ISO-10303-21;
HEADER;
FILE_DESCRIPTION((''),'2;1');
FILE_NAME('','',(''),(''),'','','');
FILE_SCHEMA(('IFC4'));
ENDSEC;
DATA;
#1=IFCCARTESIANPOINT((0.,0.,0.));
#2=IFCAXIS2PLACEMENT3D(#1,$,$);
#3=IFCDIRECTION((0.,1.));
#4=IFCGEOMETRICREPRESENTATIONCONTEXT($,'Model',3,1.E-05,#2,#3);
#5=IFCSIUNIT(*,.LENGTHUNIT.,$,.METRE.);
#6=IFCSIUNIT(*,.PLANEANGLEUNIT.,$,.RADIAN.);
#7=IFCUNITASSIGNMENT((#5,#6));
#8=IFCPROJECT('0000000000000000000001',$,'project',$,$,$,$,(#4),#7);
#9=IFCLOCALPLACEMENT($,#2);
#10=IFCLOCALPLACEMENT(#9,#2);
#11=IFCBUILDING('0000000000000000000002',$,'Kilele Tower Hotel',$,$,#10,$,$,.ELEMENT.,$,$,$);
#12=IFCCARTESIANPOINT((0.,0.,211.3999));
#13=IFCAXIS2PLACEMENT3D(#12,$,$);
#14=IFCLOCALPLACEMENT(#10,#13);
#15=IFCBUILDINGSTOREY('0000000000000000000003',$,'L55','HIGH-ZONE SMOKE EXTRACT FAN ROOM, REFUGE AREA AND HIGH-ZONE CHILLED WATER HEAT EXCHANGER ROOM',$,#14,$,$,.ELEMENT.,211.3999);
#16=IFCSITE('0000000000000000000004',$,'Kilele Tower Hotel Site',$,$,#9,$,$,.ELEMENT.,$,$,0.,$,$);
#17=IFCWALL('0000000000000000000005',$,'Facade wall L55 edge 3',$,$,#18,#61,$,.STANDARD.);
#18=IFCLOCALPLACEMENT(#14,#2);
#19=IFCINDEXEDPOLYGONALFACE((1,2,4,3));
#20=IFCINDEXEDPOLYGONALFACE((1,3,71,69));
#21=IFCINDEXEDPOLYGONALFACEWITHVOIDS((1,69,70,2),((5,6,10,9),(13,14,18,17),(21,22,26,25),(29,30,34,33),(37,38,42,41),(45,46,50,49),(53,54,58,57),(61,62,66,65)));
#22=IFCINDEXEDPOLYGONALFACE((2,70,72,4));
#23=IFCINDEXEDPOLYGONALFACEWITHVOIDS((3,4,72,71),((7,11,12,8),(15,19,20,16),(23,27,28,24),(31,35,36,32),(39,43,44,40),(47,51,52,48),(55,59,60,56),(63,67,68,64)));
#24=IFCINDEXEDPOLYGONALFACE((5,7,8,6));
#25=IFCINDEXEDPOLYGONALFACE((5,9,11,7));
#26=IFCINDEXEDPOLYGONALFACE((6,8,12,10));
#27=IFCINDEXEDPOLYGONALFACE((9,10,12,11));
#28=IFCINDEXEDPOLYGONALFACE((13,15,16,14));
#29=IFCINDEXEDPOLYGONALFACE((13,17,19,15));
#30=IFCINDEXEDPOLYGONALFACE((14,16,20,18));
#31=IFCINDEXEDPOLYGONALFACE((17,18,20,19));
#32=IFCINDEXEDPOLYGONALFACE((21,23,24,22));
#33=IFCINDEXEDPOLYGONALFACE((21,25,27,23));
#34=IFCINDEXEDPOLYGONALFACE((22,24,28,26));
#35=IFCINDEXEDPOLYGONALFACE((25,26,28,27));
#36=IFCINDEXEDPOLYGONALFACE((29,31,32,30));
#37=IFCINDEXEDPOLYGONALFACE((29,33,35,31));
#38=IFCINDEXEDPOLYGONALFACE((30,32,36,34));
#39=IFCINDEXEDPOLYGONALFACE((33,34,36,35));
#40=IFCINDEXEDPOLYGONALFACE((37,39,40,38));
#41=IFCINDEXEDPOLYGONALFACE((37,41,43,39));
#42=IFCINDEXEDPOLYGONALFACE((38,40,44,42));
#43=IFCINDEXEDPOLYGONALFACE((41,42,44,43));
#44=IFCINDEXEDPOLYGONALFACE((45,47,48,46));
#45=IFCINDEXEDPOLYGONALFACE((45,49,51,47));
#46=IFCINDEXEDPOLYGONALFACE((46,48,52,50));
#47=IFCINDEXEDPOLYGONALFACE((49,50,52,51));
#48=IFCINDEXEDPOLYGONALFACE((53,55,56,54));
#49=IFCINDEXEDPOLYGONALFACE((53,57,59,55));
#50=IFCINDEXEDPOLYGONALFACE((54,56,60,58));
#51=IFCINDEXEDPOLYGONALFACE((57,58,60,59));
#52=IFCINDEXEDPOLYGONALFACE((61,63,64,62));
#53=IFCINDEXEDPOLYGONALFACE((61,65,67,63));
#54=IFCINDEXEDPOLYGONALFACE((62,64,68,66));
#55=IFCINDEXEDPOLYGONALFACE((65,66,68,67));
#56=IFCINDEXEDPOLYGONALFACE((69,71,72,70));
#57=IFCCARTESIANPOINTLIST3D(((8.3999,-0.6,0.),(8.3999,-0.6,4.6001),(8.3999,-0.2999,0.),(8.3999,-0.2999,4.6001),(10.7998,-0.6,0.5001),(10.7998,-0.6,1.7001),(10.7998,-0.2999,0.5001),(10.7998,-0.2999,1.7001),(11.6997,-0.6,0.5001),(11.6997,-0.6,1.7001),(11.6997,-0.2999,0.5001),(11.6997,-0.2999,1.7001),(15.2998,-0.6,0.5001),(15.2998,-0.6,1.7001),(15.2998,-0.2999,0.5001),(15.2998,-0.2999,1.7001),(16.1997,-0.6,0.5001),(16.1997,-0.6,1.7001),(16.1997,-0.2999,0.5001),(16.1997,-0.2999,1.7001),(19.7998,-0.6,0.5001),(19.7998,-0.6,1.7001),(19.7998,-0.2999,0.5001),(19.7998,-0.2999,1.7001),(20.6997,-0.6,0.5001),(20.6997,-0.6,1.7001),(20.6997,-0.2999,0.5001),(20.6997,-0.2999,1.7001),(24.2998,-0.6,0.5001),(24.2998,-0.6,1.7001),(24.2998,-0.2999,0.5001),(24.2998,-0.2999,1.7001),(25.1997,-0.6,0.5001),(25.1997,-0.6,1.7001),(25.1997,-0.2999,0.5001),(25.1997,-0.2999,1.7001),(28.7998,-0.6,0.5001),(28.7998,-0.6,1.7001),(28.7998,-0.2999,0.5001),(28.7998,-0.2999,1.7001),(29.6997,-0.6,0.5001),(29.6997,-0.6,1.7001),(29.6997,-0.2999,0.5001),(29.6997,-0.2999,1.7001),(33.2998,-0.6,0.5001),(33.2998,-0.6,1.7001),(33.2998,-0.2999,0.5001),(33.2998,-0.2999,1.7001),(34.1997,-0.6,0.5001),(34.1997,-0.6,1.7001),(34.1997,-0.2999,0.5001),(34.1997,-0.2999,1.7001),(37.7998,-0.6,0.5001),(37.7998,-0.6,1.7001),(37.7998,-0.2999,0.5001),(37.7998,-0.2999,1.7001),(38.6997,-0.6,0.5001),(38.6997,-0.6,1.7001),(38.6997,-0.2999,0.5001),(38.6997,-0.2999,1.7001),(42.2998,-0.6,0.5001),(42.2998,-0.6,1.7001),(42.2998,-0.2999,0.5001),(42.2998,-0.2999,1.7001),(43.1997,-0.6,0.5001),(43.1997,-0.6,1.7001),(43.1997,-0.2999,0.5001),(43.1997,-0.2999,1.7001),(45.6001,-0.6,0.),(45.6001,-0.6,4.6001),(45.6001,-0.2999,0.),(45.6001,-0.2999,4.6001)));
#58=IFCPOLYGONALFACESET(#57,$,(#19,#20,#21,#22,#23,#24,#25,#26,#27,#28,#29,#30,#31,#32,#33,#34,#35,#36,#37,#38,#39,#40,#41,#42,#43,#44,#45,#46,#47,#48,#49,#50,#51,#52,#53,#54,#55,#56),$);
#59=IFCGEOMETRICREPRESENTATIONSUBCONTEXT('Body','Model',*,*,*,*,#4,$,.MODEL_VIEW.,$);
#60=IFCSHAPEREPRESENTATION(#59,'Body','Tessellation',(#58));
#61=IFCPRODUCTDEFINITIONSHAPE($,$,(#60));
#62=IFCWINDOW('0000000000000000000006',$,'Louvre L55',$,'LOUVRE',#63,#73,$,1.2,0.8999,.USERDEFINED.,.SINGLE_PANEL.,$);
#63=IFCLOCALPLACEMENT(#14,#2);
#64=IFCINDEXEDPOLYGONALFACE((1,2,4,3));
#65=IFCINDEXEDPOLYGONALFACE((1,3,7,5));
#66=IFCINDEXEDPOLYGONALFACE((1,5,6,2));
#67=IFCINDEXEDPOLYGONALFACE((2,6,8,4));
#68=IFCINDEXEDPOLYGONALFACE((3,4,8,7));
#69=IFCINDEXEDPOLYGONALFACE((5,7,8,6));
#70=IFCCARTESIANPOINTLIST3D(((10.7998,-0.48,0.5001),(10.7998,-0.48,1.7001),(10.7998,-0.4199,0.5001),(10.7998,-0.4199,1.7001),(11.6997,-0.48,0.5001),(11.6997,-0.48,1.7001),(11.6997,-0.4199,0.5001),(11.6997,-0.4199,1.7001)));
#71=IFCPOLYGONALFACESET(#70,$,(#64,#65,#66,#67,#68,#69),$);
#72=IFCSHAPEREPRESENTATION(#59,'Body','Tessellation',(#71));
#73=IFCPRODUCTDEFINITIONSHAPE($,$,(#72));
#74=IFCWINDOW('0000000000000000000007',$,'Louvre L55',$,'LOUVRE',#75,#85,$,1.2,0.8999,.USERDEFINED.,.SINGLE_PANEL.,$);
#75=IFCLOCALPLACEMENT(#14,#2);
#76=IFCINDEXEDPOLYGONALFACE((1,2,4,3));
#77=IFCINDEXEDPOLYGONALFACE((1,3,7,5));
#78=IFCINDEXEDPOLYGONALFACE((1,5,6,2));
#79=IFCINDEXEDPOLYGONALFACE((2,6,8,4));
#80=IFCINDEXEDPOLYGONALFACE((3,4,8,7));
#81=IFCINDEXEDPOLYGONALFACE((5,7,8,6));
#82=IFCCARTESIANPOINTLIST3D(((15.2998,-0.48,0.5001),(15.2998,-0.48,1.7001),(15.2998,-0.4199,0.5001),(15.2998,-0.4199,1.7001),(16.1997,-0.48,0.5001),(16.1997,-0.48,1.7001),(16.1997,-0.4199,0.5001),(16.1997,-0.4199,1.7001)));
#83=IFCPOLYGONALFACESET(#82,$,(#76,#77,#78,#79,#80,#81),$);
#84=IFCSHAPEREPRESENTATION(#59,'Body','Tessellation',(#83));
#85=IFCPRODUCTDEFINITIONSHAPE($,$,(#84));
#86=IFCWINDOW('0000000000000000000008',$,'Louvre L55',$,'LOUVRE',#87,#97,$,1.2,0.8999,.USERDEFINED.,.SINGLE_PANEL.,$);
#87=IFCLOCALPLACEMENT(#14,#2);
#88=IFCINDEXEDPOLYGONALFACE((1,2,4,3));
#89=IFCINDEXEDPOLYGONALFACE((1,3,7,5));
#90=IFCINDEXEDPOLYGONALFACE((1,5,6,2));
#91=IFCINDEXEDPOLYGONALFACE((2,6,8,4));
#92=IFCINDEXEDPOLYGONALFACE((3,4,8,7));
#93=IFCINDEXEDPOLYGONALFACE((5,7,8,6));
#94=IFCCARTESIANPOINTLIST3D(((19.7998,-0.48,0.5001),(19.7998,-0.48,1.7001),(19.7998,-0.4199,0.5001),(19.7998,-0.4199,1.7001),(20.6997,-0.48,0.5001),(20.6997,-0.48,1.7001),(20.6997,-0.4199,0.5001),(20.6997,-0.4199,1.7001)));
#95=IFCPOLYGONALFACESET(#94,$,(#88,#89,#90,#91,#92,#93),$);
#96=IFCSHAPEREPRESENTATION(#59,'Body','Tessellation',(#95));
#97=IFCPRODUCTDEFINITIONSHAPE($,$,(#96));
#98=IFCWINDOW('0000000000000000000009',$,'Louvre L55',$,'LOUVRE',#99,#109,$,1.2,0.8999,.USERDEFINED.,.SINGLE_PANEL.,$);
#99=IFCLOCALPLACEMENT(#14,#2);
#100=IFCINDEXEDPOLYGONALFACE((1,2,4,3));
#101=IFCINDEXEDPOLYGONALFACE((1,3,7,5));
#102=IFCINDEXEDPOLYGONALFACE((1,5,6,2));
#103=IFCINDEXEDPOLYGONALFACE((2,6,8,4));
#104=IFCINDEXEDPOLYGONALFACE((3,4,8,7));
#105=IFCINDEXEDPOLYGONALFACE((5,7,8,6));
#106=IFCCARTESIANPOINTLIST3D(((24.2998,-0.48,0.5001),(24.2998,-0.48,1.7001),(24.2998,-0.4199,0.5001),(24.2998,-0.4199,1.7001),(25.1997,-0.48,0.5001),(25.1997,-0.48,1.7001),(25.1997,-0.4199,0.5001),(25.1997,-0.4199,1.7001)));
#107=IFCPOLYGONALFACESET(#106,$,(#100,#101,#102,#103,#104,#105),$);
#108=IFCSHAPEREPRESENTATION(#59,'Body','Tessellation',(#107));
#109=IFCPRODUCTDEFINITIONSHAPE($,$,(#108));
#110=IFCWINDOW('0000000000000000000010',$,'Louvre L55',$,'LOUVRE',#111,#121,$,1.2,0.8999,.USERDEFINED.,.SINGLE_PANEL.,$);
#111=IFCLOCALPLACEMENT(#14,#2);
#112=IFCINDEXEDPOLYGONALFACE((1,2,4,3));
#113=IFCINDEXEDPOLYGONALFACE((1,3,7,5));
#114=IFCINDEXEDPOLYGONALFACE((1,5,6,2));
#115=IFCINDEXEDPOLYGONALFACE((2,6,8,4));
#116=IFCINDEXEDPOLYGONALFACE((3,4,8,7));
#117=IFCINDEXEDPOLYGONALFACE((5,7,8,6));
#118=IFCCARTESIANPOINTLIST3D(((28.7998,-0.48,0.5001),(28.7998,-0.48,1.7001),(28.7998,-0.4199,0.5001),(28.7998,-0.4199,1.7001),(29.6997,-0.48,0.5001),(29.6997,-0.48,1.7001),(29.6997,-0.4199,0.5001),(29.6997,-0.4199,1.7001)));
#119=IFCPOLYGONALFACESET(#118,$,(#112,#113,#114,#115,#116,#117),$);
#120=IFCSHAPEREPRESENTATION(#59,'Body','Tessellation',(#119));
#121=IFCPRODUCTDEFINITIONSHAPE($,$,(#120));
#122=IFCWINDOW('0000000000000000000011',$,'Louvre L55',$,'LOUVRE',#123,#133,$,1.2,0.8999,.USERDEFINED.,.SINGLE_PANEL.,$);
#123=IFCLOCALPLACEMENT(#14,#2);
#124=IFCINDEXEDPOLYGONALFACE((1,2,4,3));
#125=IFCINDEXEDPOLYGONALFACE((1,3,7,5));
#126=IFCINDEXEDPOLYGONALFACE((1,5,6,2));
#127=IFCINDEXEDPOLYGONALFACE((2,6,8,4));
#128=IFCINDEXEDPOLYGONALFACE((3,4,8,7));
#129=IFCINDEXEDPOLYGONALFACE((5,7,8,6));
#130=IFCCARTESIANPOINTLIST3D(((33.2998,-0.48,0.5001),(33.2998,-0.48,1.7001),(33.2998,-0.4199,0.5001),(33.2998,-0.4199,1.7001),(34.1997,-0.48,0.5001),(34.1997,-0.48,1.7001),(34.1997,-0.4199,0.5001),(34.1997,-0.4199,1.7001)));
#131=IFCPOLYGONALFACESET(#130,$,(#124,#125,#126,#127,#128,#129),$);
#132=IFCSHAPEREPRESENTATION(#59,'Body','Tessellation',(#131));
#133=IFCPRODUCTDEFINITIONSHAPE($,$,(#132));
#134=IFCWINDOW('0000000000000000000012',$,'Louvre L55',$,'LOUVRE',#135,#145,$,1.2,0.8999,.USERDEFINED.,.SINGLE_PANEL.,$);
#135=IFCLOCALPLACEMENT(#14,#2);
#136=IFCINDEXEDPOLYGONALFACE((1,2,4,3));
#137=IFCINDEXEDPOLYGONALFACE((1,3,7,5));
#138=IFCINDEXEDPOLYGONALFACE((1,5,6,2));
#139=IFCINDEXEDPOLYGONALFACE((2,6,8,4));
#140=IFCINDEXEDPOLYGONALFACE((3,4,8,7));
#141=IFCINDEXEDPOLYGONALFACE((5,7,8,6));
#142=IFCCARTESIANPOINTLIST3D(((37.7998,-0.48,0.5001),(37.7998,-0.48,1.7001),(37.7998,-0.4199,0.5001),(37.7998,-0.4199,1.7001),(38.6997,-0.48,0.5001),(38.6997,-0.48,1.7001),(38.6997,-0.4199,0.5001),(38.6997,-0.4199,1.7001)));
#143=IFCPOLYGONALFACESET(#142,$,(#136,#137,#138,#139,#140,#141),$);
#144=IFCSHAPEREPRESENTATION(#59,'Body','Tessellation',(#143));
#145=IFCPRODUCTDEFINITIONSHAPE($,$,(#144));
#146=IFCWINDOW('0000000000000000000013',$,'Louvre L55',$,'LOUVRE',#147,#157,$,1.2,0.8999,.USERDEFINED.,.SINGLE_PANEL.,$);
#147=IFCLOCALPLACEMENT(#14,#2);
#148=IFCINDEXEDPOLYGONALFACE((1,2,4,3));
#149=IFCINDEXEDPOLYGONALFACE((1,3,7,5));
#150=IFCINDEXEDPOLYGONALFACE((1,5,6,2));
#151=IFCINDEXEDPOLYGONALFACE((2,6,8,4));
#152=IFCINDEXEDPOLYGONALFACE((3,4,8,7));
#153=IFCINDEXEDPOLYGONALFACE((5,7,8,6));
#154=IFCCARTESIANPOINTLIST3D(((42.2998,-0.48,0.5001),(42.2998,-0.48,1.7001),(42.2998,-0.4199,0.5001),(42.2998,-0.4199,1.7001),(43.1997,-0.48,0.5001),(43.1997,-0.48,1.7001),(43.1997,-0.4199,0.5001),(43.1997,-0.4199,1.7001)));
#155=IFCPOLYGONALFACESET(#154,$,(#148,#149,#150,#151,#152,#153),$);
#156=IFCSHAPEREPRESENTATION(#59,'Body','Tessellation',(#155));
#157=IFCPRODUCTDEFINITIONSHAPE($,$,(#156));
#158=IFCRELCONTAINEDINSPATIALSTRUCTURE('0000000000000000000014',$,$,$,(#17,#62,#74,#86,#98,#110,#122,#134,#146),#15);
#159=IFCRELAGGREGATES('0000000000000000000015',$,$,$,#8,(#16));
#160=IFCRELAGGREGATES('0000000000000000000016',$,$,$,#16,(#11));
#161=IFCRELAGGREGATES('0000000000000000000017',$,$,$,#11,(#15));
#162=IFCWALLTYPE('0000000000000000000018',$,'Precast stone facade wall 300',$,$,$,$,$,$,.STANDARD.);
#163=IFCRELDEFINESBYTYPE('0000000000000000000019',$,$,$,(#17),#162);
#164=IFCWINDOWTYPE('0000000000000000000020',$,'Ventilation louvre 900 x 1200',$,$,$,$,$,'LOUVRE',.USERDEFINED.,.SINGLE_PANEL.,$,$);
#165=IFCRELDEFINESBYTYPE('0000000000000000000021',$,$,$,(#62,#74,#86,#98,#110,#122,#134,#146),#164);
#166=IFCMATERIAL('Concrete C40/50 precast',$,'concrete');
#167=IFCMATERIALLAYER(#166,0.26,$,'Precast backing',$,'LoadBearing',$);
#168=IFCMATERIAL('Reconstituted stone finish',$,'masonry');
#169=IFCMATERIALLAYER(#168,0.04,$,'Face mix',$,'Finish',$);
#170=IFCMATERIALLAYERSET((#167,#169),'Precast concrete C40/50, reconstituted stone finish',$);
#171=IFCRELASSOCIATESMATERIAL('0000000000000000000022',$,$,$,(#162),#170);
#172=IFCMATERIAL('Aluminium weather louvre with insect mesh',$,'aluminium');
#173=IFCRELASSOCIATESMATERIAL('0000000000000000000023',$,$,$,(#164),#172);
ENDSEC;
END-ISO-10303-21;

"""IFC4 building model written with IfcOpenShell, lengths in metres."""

from ifc_helpers import new_model, si_unit, direction, frame, frame_2d, origin, place, context, subcontext, project, spatial, rectangle, extrude, material, layer, layer_set, type_object, element, fill, save


model = new_model("IFC4")

# Units and contexts
model_context = context("Model", 3, precision=1e-05, world=origin(), true_north=direction((0.0, 1.0)))
body_context = subcontext(model_context, "Body", "Model", "MODEL_VIEW")
ifc_project = project(units=[si_unit("LENGTHUNIT", "METRE"), si_unit("PLANEANGLEUNIT", "RADIAN")], contexts=[model_context])

# Site, building, storey
site_placement = place(None, origin())
site = spatial("IfcSite", under=ifc_project, at=site_placement, Name="Kilele Tower Hotel Site", CompositionType="ELEMENT", RefElevation=0.0)
building_placement = place(site_placement, origin())
building = spatial("IfcBuilding", under=site, at=building_placement, Name="Kilele Tower Hotel", CompositionType="ELEMENT")
storey_placement = place(building_placement, frame((0.0, 0.0, 211.3999)))
storey = spatial("IfcBuildingStorey", under=building, at=storey_placement, Name="L55", Description="HIGH-ZONE SMOKE EXTRACT FAN ROOM, REFUGE AREA AND HIGH-ZONE CHILLED WATER HEAT EXCHANGER ROOM", CompositionType="ELEMENT", Elevation=211.3999)

# Wall, openings, windows
ifc_material_1 = material(Name="Concrete C40/50 precast", Category="concrete")
ifc_layer_1 = layer(ifc_material_1, 0.26, Name="Precast backing", Category="LoadBearing")
ifc_material_2 = material(Name="Reconstituted stone finish", Category="masonry")
ifc_layer_2 = layer(ifc_material_2, 0.04, Name="Face mix", Category="Finish")
ifc_layer_set_1 = layer_set([ifc_layer_1, ifc_layer_2], Name="Precast concrete C40/50, reconstituted stone finish")
wall_type = type_object("IfcWallType", Name="Precast stone facade wall 300", PredefinedType="STANDARD", material=ifc_layer_set_1)
wall_placement = place(storey_placement, frame((8.3999, -0.45, 0.0), z_axis=(0.0, 0.0, 1.0), x_axis=(1.0, 0.0, 0.0)))
wall = element("IfcWall", 1, at=wall_placement, inside=storey, type_object=wall_type, Name="Facade wall L55 edge 3", PredefinedType="STANDARD", context=body_context, shape_type="SweptSolid", body=[
    extrude(rectangle(XDim=37.2002, YDim=0.3, at=frame_2d((18.6001, 0.0))), origin(), (0.0, 0.0, 1.0), 4.6001),
])
opening_1_placement = place(wall_placement, frame((2.3999, 0.0, 0.5)))
opening_1 = element("IfcOpeningElement", 2, at=opening_1_placement, cuts=wall, PredefinedType="OPENING", context=body_context, shape_type="SweptSolid", body=[
    extrude(rectangle(XDim=0.8999, YDim=1.2, at=frame_2d((0.45, 0.6001))), frame((0.0, 0.1599, 0.0), z_axis=(0.0, -1.0, 0.0), x_axis=(1.0, 0.0, 0.0)), (0.0, 0.0, 1.0), 0.3201),
])
opening_2_placement = place(wall_placement, frame((6.8999, 0.0, 0.5)))
opening_2 = element("IfcOpeningElement", 3, at=opening_2_placement, cuts=wall, PredefinedType="OPENING", context=body_context, shape_type="SweptSolid", body=[
    extrude(rectangle(XDim=0.8999, YDim=1.2, at=frame_2d((0.45, 0.6001))), frame((0.0, 0.1599, 0.0), z_axis=(0.0, -1.0, 0.0), x_axis=(1.0, 0.0, 0.0)), (0.0, 0.0, 1.0), 0.3201),
])
opening_3_placement = place(wall_placement, frame((11.3999, 0.0, 0.5)))
opening_3 = element("IfcOpeningElement", 4, at=opening_3_placement, cuts=wall, PredefinedType="OPENING", context=body_context, shape_type="SweptSolid", body=[
    extrude(rectangle(XDim=0.8999, YDim=1.2, at=frame_2d((0.45, 0.6001))), frame((0.0, 0.1599, 0.0), z_axis=(0.0, -1.0, 0.0), x_axis=(1.0, 0.0, 0.0)), (0.0, 0.0, 1.0), 0.3201),
])
opening_4_placement = place(wall_placement, frame((15.8999, 0.0, 0.5)))
opening_4 = element("IfcOpeningElement", 5, at=opening_4_placement, cuts=wall, PredefinedType="OPENING", context=body_context, shape_type="SweptSolid", body=[
    extrude(rectangle(XDim=0.8999, YDim=1.2, at=frame_2d((0.45, 0.6001))), frame((0.0, 0.1599, 0.0), z_axis=(0.0, -1.0, 0.0), x_axis=(1.0, 0.0, 0.0)), (0.0, 0.0, 1.0), 0.3201),
])
opening_5_placement = place(wall_placement, frame((20.3999, 0.0, 0.5)))
opening_5 = element("IfcOpeningElement", 6, at=opening_5_placement, cuts=wall, PredefinedType="OPENING", context=body_context, shape_type="SweptSolid", body=[
    extrude(rectangle(XDim=0.8999, YDim=1.2, at=frame_2d((0.45, 0.6001))), frame((0.0, 0.1599, 0.0), z_axis=(0.0, -1.0, 0.0), x_axis=(1.0, 0.0, 0.0)), (0.0, 0.0, 1.0), 0.3201),
])
opening_6_placement = place(wall_placement, frame((24.8999, 0.0, 0.5)))
opening_6 = element("IfcOpeningElement", 7, at=opening_6_placement, cuts=wall, PredefinedType="OPENING", context=body_context, shape_type="SweptSolid", body=[
    extrude(rectangle(XDim=0.8999, YDim=1.2, at=frame_2d((0.45, 0.6001))), frame((0.0, 0.1599, 0.0), z_axis=(0.0, -1.0, 0.0), x_axis=(1.0, 0.0, 0.0)), (0.0, 0.0, 1.0), 0.3201),
])
opening_7_placement = place(wall_placement, frame((29.3999, 0.0, 0.5)))
opening_7 = element("IfcOpeningElement", 8, at=opening_7_placement, cuts=wall, PredefinedType="OPENING", context=body_context, shape_type="SweptSolid", body=[
    extrude(rectangle(XDim=0.8999, YDim=1.2, at=frame_2d((0.45, 0.6001))), frame((0.0, 0.1599, 0.0), z_axis=(0.0, -1.0, 0.0), x_axis=(1.0, 0.0, 0.0)), (0.0, 0.0, 1.0), 0.3201),
])
opening_8_placement = place(wall_placement, frame((33.8999, 0.0, 0.5)))
opening_8 = element("IfcOpeningElement", 9, at=opening_8_placement, cuts=wall, PredefinedType="OPENING", context=body_context, shape_type="SweptSolid", body=[
    extrude(rectangle(XDim=0.8999, YDim=1.2, at=frame_2d((0.45, 0.6001))), frame((0.0, 0.1599, 0.0), z_axis=(0.0, -1.0, 0.0), x_axis=(1.0, 0.0, 0.0)), (0.0, 0.0, 1.0), 0.3201),
])
ifc_material_3 = material(Name="Aluminium weather louvre with insect mesh", Category="aluminium")
window_type = type_object("IfcWindowType", Name="Ventilation louvre 900 x 1200", ElementType="LOUVRE", PartitioningType="SINGLE_PANEL", PredefinedType="USERDEFINED", material=ifc_material_3)
window_1_placement = place(opening_1_placement, origin())
window_1 = element("IfcWindow", 10, at=window_1_placement, inside=storey, type_object=window_type, Name="Louvre L55", ObjectType="LOUVRE", OverallHeight=1.2, OverallWidth=0.8999, PartitioningType="SINGLE_PANEL", PredefinedType="USERDEFINED", context=body_context, shape_type="SweptSolid", body=[
    extrude(rectangle(XDim=0.8999, YDim=1.2, at=frame_2d((0.45, 0.6001))), frame((0.0, 0.03, 0.0), z_axis=(0.0, -1.0, 0.0), x_axis=(1.0, 0.0, 0.0)), (0.0, 0.0, 1.0), 0.0601),
])
fill(opening_1, window_1)
window_2_placement = place(opening_2_placement, origin())
window_2 = element("IfcWindow", 11, at=window_2_placement, inside=storey, type_object=window_type, Name="Louvre L55", ObjectType="LOUVRE", OverallHeight=1.2, OverallWidth=0.8999, PartitioningType="SINGLE_PANEL", PredefinedType="USERDEFINED", context=body_context, shape_type="SweptSolid", body=[
    extrude(rectangle(XDim=0.8999, YDim=1.2, at=frame_2d((0.45, 0.6001))), frame((0.0, 0.03, 0.0), z_axis=(0.0, -1.0, 0.0), x_axis=(1.0, 0.0, 0.0)), (0.0, 0.0, 1.0), 0.0601),
])
fill(opening_2, window_2)
window_3_placement = place(opening_3_placement, origin())
window_3 = element("IfcWindow", 12, at=window_3_placement, inside=storey, type_object=window_type, Name="Louvre L55", ObjectType="LOUVRE", OverallHeight=1.2, OverallWidth=0.8999, PartitioningType="SINGLE_PANEL", PredefinedType="USERDEFINED", context=body_context, shape_type="SweptSolid", body=[
    extrude(rectangle(XDim=0.8999, YDim=1.2, at=frame_2d((0.45, 0.6001))), frame((0.0, 0.03, 0.0), z_axis=(0.0, -1.0, 0.0), x_axis=(1.0, 0.0, 0.0)), (0.0, 0.0, 1.0), 0.0601),
])
fill(opening_3, window_3)
window_4_placement = place(opening_4_placement, origin())
window_4 = element("IfcWindow", 13, at=window_4_placement, inside=storey, type_object=window_type, Name="Louvre L55", ObjectType="LOUVRE", OverallHeight=1.2, OverallWidth=0.8999, PartitioningType="SINGLE_PANEL", PredefinedType="USERDEFINED", context=body_context, shape_type="SweptSolid", body=[
    extrude(rectangle(XDim=0.8999, YDim=1.2, at=frame_2d((0.45, 0.6001))), frame((0.0, 0.03, 0.0), z_axis=(0.0, -1.0, 0.0), x_axis=(1.0, 0.0, 0.0)), (0.0, 0.0, 1.0), 0.0601),
])
fill(opening_4, window_4)
window_5_placement = place(opening_5_placement, origin())
window_5 = element("IfcWindow", 14, at=window_5_placement, inside=storey, type_object=window_type, Name="Louvre L55", ObjectType="LOUVRE", OverallHeight=1.2, OverallWidth=0.8999, PartitioningType="SINGLE_PANEL", PredefinedType="USERDEFINED", context=body_context, shape_type="SweptSolid", body=[
    extrude(rectangle(XDim=0.8999, YDim=1.2, at=frame_2d((0.45, 0.6001))), frame((0.0, 0.03, 0.0), z_axis=(0.0, -1.0, 0.0), x_axis=(1.0, 0.0, 0.0)), (0.0, 0.0, 1.0), 0.0601),
])
fill(opening_5, window_5)
window_6_placement = place(opening_6_placement, origin())
window_6 = element("IfcWindow", 15, at=window_6_placement, inside=storey, type_object=window_type, Name="Louvre L55", ObjectType="LOUVRE", OverallHeight=1.2, OverallWidth=0.8999, PartitioningType="SINGLE_PANEL", PredefinedType="USERDEFINED", context=body_context, shape_type="SweptSolid", body=[
    extrude(rectangle(XDim=0.8999, YDim=1.2, at=frame_2d((0.45, 0.6001))), frame((0.0, 0.03, 0.0), z_axis=(0.0, -1.0, 0.0), x_axis=(1.0, 0.0, 0.0)), (0.0, 0.0, 1.0), 0.0601),
])
fill(opening_6, window_6)
window_7_placement = place(opening_7_placement, origin())
window_7 = element("IfcWindow", 16, at=window_7_placement, inside=storey, type_object=window_type, Name="Louvre L55", ObjectType="LOUVRE", OverallHeight=1.2, OverallWidth=0.8999, PartitioningType="SINGLE_PANEL", PredefinedType="USERDEFINED", context=body_context, shape_type="SweptSolid", body=[
    extrude(rectangle(XDim=0.8999, YDim=1.2, at=frame_2d((0.45, 0.6001))), frame((0.0, 0.03, 0.0), z_axis=(0.0, -1.0, 0.0), x_axis=(1.0, 0.0, 0.0)), (0.0, 0.0, 1.0), 0.0601),
])
fill(opening_7, window_7)
window_8_placement = place(opening_8_placement, origin())
window_8 = element("IfcWindow", 17, at=window_8_placement, inside=storey, type_object=window_type, Name="Louvre L55", ObjectType="LOUVRE", OverallHeight=1.2, OverallWidth=0.8999, PartitioningType="SINGLE_PANEL", PredefinedType="USERDEFINED", context=body_context, shape_type="SweptSolid", body=[
    extrude(rectangle(XDim=0.8999, YDim=1.2, at=frame_2d((0.45, 0.6001))), frame((0.0, 0.03, 0.0), z_axis=(0.0, -1.0, 0.0), x_axis=(1.0, 0.0, 0.0)), (0.0, 0.0, 1.0), 0.0601),
])
fill(opening_8, window_8)

save(model, "model.ifc")
